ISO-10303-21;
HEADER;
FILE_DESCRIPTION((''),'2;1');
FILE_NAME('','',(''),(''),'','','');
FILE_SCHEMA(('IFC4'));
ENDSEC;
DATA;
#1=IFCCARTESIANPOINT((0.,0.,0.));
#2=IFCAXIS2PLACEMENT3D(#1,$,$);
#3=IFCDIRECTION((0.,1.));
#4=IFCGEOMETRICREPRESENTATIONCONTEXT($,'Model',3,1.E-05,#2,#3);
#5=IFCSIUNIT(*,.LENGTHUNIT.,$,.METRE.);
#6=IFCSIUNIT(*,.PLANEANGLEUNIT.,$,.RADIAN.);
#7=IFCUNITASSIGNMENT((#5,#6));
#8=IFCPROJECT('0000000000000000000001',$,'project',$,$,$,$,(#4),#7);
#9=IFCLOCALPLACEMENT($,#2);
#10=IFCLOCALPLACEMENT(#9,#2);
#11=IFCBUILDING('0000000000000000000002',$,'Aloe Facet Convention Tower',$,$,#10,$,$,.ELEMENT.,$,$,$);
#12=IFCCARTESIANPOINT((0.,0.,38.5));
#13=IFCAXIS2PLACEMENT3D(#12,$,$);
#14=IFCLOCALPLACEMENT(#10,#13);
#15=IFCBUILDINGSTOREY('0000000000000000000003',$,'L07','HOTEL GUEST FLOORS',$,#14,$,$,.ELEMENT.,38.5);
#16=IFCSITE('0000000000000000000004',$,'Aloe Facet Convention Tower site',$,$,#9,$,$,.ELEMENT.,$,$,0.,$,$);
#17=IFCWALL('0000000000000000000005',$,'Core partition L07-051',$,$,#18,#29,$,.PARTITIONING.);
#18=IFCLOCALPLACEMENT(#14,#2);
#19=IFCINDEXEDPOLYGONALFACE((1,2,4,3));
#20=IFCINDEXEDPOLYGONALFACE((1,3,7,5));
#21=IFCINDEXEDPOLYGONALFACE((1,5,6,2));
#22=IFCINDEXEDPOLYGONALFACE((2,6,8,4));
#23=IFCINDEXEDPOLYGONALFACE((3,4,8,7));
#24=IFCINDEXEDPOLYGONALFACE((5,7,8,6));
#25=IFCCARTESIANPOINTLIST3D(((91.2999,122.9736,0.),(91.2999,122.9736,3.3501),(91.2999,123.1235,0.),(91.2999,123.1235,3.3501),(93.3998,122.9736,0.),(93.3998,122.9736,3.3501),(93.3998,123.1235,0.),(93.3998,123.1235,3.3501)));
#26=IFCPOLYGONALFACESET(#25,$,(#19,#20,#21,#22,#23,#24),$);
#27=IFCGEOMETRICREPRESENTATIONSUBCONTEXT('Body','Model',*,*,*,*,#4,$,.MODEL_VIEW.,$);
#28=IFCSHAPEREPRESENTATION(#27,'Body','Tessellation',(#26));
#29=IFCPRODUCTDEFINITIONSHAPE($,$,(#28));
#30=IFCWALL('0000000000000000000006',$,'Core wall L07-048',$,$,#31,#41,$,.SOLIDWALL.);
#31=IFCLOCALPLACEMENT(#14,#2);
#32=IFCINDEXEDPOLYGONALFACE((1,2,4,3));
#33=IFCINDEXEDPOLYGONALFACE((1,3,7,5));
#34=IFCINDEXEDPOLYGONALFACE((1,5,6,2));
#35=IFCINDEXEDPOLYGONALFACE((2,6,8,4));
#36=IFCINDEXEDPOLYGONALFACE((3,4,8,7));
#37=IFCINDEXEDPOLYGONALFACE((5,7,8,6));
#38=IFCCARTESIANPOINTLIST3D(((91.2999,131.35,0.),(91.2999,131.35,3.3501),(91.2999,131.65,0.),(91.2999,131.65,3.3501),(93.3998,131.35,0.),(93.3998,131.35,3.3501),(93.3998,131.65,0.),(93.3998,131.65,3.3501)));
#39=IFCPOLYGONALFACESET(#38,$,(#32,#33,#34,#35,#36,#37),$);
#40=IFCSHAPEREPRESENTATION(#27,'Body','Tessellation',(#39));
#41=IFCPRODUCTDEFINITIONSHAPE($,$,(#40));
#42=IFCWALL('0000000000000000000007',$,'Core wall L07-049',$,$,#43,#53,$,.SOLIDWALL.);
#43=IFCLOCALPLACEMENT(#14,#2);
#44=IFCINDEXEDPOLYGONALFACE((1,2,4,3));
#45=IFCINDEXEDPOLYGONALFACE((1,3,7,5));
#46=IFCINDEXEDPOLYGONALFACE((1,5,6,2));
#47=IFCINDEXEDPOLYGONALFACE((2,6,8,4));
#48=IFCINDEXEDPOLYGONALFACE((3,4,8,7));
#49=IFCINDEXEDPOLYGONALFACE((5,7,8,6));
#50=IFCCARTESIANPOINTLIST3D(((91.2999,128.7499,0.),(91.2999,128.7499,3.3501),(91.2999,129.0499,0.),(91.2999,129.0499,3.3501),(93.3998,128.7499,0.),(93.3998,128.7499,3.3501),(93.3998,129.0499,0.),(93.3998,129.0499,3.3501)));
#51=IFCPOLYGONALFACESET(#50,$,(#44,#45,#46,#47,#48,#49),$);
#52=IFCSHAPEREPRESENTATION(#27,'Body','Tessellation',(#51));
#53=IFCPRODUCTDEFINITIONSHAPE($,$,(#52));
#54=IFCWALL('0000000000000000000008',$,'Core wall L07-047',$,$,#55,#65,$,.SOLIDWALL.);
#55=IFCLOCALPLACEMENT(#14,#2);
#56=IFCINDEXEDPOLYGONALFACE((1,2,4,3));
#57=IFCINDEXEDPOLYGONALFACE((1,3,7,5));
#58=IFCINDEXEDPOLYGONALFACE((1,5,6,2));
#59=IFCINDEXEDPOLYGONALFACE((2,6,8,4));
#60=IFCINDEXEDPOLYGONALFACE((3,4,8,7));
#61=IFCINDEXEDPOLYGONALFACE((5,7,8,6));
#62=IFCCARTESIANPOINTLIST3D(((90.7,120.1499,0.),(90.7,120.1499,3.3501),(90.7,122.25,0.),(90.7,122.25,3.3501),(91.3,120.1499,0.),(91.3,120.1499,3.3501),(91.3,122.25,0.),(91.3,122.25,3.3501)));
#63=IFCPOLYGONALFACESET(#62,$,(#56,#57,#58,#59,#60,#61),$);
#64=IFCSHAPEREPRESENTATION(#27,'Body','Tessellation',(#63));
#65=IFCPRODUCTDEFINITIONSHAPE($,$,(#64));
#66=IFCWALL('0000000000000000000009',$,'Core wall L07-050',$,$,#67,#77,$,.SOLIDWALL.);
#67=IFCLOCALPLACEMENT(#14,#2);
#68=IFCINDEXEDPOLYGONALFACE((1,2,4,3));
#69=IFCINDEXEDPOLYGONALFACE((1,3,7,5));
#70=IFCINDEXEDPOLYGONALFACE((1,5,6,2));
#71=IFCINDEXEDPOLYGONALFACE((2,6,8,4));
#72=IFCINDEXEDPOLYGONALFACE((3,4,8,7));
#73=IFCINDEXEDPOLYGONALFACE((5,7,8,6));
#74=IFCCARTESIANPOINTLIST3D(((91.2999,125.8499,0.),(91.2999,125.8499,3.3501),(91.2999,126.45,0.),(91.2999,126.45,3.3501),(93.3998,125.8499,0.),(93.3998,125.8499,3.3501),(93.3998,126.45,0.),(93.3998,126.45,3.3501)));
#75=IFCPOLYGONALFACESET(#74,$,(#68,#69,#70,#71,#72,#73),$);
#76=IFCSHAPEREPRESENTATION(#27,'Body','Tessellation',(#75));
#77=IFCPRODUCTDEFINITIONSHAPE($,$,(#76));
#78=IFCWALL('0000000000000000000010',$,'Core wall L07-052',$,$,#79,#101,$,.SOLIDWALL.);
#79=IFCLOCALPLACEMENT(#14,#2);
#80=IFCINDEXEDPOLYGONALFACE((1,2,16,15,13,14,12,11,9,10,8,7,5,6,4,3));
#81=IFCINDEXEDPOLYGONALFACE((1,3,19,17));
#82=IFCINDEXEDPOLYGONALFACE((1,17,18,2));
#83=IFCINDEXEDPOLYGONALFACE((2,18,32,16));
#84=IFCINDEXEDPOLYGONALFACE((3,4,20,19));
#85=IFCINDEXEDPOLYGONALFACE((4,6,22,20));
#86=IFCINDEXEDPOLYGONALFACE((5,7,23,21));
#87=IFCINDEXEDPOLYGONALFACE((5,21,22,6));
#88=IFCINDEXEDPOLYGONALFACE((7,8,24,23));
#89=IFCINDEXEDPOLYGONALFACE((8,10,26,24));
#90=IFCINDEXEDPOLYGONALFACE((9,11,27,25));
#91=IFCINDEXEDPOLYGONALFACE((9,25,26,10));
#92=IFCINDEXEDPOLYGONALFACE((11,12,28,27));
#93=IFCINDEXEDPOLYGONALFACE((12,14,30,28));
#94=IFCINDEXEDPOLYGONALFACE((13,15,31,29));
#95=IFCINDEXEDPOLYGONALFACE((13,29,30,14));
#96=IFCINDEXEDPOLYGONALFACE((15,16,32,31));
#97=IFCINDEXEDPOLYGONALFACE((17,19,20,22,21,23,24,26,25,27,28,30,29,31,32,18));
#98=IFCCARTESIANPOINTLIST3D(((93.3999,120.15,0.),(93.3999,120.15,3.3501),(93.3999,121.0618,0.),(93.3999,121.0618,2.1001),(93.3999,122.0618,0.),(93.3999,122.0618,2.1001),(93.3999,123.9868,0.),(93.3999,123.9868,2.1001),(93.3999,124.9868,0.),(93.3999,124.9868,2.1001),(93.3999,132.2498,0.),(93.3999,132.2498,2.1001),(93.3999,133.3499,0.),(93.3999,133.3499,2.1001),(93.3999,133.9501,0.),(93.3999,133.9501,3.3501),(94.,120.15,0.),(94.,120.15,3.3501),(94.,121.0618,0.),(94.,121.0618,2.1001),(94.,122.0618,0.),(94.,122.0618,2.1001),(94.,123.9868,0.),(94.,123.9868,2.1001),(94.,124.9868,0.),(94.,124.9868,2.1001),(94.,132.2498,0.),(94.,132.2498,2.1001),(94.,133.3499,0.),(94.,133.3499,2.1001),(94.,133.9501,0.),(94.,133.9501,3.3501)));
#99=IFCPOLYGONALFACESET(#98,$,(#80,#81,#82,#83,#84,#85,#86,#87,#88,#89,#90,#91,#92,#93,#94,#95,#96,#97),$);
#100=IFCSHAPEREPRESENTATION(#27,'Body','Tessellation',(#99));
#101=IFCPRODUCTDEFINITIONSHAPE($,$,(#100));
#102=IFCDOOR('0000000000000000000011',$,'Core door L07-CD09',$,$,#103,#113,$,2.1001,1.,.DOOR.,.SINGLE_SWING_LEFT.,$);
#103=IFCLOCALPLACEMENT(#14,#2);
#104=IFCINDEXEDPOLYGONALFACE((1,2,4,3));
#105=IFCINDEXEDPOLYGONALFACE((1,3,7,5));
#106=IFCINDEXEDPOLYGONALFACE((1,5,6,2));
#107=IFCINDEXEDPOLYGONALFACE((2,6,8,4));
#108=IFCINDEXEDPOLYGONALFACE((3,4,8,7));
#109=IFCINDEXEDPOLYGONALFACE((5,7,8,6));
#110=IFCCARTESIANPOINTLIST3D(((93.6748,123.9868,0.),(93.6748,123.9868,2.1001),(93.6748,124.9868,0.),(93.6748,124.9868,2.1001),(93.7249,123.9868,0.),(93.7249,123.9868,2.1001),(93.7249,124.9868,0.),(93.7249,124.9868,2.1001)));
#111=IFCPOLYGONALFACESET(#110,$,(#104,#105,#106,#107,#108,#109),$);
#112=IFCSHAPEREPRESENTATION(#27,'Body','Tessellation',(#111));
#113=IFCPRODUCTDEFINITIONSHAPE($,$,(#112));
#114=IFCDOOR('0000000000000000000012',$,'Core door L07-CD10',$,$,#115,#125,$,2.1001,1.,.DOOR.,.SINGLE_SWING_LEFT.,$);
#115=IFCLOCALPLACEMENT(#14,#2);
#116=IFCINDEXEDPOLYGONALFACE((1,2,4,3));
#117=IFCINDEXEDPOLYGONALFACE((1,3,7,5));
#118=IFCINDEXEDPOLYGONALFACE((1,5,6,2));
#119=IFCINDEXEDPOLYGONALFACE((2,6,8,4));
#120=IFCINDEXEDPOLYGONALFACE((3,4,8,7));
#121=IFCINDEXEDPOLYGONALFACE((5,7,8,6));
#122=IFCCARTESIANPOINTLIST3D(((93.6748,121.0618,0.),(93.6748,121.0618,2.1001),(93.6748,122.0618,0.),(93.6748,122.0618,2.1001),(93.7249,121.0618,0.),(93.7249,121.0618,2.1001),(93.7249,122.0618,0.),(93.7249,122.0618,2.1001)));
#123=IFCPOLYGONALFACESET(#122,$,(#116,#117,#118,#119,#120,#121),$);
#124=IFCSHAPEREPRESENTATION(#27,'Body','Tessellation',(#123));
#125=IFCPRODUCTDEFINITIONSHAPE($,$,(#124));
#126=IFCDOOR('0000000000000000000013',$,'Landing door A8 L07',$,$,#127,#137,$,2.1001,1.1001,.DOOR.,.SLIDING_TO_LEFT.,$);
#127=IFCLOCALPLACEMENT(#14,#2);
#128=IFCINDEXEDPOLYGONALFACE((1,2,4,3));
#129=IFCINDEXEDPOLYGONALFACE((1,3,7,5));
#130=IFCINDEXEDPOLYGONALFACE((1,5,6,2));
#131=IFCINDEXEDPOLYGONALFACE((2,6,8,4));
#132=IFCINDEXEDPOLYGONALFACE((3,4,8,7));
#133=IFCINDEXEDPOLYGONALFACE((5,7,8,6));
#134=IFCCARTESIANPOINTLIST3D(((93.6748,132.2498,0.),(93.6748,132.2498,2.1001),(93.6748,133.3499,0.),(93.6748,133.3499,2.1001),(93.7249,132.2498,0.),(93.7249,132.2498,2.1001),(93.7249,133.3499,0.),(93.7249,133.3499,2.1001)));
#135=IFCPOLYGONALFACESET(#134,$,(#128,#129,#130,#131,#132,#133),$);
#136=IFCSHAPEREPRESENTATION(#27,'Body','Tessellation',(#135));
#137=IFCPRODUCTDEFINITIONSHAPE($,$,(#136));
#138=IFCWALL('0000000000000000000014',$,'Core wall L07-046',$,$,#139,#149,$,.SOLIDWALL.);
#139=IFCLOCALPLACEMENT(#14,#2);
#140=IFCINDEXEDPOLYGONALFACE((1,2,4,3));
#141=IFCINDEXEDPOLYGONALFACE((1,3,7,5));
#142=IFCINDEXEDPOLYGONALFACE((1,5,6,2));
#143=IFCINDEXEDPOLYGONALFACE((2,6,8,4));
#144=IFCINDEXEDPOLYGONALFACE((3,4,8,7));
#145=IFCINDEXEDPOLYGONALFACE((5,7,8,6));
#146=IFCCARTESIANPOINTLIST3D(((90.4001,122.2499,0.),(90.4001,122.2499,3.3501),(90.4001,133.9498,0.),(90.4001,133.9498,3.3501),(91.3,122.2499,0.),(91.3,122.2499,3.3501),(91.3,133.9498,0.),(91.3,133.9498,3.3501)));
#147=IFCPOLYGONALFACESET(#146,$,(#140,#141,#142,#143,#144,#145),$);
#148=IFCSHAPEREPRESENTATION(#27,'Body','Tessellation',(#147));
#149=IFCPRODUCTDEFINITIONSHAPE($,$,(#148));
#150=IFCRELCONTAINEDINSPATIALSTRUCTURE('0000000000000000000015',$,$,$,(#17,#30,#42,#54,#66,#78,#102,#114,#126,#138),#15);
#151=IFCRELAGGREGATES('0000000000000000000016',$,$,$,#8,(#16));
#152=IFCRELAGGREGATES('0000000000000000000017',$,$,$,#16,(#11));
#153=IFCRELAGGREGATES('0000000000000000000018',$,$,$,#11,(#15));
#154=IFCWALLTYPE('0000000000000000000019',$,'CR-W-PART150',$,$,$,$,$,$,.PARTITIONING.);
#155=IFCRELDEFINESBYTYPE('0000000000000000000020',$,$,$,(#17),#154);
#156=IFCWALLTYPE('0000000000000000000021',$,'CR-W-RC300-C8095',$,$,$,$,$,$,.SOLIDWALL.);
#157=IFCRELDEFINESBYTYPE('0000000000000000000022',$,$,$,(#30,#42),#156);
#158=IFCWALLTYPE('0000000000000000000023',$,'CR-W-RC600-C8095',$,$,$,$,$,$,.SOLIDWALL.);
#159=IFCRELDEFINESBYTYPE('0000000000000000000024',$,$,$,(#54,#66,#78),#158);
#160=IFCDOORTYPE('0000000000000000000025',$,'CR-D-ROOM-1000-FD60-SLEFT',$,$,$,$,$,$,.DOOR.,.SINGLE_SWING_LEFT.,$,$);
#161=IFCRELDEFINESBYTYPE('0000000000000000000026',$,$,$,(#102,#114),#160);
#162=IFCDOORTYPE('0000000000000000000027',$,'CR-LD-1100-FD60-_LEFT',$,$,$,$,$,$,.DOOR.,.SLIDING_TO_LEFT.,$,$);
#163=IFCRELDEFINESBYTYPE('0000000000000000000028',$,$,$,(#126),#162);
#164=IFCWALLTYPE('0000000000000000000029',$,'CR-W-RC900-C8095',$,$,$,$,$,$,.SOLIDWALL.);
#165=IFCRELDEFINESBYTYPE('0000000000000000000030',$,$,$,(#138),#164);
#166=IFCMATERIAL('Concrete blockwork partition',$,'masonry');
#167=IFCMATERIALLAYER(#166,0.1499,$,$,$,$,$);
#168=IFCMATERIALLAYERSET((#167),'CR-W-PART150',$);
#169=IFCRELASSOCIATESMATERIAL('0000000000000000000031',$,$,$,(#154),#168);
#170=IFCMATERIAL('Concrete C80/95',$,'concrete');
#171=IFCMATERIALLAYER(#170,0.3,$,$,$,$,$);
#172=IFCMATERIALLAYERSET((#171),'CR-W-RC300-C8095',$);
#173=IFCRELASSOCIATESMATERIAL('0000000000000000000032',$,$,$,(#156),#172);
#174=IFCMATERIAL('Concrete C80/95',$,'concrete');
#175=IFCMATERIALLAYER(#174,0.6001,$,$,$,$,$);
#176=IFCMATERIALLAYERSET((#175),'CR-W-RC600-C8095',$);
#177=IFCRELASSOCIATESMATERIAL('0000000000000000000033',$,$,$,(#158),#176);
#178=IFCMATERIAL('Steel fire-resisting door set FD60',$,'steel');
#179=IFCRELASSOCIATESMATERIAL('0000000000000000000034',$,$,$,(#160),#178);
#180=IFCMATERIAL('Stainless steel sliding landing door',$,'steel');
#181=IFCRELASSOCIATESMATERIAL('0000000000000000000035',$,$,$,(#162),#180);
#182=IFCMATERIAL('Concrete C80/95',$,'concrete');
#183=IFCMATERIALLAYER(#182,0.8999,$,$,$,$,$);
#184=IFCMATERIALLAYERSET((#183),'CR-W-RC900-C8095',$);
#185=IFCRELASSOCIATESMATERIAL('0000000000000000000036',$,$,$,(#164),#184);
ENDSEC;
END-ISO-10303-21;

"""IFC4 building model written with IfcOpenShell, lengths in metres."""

from ifc_helpers import new_model, si_unit, direction, frame, frame_2d, origin, place, context, subcontext, project, spatial, rectangle, extrude, material, layer, layer_set, type_object, element, fill, save


model = new_model("IFC4")

# Units and contexts
model_context = context("Model", 3, precision=1e-05, world=origin(), true_north=direction((0.0, 1.0)))
body_context = subcontext(model_context, "Body", "Model", "MODEL_VIEW")
ifc_project = project(units=[si_unit("LENGTHUNIT", "METRE"), si_unit("PLANEANGLEUNIT", "RADIAN")], contexts=[model_context])

# Site, building, storey
site_placement = place(None, origin())
site = spatial("IfcSite", under=ifc_project, at=site_placement, Name="Aloe Facet Convention Tower site", CompositionType="ELEMENT", RefElevation=0.0)
building_placement = place(site_placement, origin())
building = spatial("IfcBuilding", under=site, at=building_placement, Name="Aloe Facet Convention Tower", CompositionType="ELEMENT")
storey_placement = place(building_placement, frame((0.0, 0.0, 38.5)))
storey = spatial("IfcBuildingStorey", under=building, at=storey_placement, Name="L07", Description="HOTEL GUEST FLOORS", CompositionType="ELEMENT", Elevation=38.5)

# Walls
ifc_material_1 = material(Name="Concrete blockwork partition", Category="masonry")
ifc_layer_1 = layer(ifc_material_1, 0.1499)
ifc_layer_set_1 = layer_set([ifc_layer_1], Name="CR-W-PART150")
wall_type_1 = type_object("IfcWallType", Name="CR-W-PART150", PredefinedType="PARTITIONING", material=ifc_layer_set_1)
wall_1_placement = place(storey_placement, frame((91.3, 123.0486, 0.0), z_axis=(0.0, 0.0, 1.0), x_axis=(1.0, 0.0, 0.0)))
element("IfcWall", 1, at=wall_1_placement, inside=storey, type_object=wall_type_1, Name="Core partition L07-051", PredefinedType="PARTITIONING", context=body_context, shape_type="SweptSolid", body=[
    extrude(rectangle(XDim=2.0999, YDim=0.1499, at=frame_2d((1.0498, 0.0))), origin(), (0.0, 0.0, 1.0), 3.3501),
])
ifc_material_2 = material(Name="Concrete C80/95", Category="concrete")
ifc_layer_2 = layer(ifc_material_2, 0.3)
ifc_layer_set_2 = layer_set([ifc_layer_2], Name="CR-W-RC300-C8095")
wall_type_2 = type_object("IfcWallType", Name="CR-W-RC300-C8095", PredefinedType="SOLIDWALL", material=ifc_layer_set_2)
for number, where, z_axis, x_axis, name in (
    (2, (91.3, 131.5, 0.0), (0.0, 0.0, 1.0), (1.0, 0.0, 0.0), "Core wall L07-048"),
    (3, (91.3, 128.8999, 0.0), (0.0, 0.0, 1.0), (1.0, 0.0, 0.0), "Core wall L07-049"),
):
    element("IfcWall", number, at=place(storey_placement, frame(where, z_axis=z_axis, x_axis=x_axis)), inside=storey, type_object=wall_type_2, Name=name, PredefinedType="SOLIDWALL", context=body_context, shape_type="SweptSolid", body=[
        extrude(rectangle(XDim=2.0999, YDim=0.3, at=frame_2d((1.0498, 0.0))), origin(), (0.0, 0.0, 1.0), 3.3501),
    ])
ifc_material_3 = material(Name="Concrete C80/95", Category="concrete")
ifc_layer_3 = layer(ifc_material_3, 0.6001)
ifc_layer_set_3 = layer_set([ifc_layer_3], Name="CR-W-RC600-C8095")
wall_type_3 = type_object("IfcWallType", Name="CR-W-RC600-C8095", PredefinedType="SOLIDWALL", material=ifc_layer_set_3)
wall_2_placement = place(storey_placement, frame((91.0, 122.25, 0.0), z_axis=(0.0, 0.0, 1.0), x_axis=(0.0, -1.0, 0.0)))
element("IfcWall", 4, at=wall_2_placement, inside=storey, type_object=wall_type_3, Name="Core wall L07-047", PredefinedType="SOLIDWALL", context=body_context, shape_type="SweptSolid", body=[
    extrude(rectangle(XDim=2.1001, YDim=0.6001, at=frame_2d((1.05, 0.0))), origin(), (0.0, 0.0, 1.0), 3.3501),
])
wall_3_placement = place(storey_placement, frame((91.3, 126.1499, 0.0), z_axis=(0.0, 0.0, 1.0), x_axis=(1.0, 0.0, 0.0)))
element("IfcWall", 5, at=wall_3_placement, inside=storey, type_object=wall_type_3, Name="Core wall L07-050", PredefinedType="SOLIDWALL", context=body_context, shape_type="SweptSolid", body=[
    extrude(rectangle(XDim=2.0999, YDim=0.6001, at=frame_2d((1.0498, 0.0))), origin(), (0.0, 0.0, 1.0), 3.3501),
])

# Wall, openings, doors
wall_4_placement = place(storey_placement, frame((93.7, 133.95, 0.0), z_axis=(0.0, 0.0, 1.0), x_axis=(0.0, -1.0, 0.0)))
wall_4 = element("IfcWall", 6, at=wall_4_placement, inside=storey, type_object=wall_type_3, Name="Core wall L07-052", PredefinedType="SOLIDWALL", context=body_context, shape_type="SweptSolid", body=[
    extrude(rectangle(XDim=13.8, YDim=0.6001, at=frame_2d((6.8999, 0.0))), origin(), (0.0, 0.0, 1.0), 3.3501),
])
opening_1_placement = place(wall_4_placement, frame((0.6001, 0.0, 0.0)))
opening_1 = element("IfcOpeningElement", 7, at=opening_1_placement, cuts=wall_4, PredefinedType="OPENING", context=body_context, shape_type="SweptSolid", body=[
    extrude(rectangle(XDim=1.1001, YDim=2.1001, at=frame_2d((0.55, 1.05))), frame((0.0, 0.3101, 0.0), z_axis=(0.0, -1.0, 0.0), x_axis=(1.0, 0.0, 0.0)), (0.0, 0.0, 1.0), 0.6201),
])
opening_2_placement = place(wall_4_placement, frame((8.9631, 0.0, 0.0)))
opening_2 = element("IfcOpeningElement", 8, at=opening_2_placement, cuts=wall_4, PredefinedType="OPENING", context=body_context, shape_type="SweptSolid", body=[
    extrude(rectangle(XDim=1.0, YDim=2.1001, at=frame_2d((0.5, 1.05))), frame((0.0, 0.3101, 0.0), z_axis=(0.0, -1.0, 0.0), x_axis=(1.0, 0.0, 0.0)), (0.0, 0.0, 1.0), 0.6201),
])
opening_3_placement = place(wall_4_placement, frame((11.8882, 0.0, 0.0)))
opening_3 = element("IfcOpeningElement", 9, at=opening_3_placement, cuts=wall_4, PredefinedType="OPENING", context=body_context, shape_type="SweptSolid", body=[
    extrude(rectangle(XDim=1.0, YDim=2.1001, at=frame_2d((0.5, 1.05))), frame((0.0, 0.3101, 0.0), z_axis=(0.0, -1.0, 0.0), x_axis=(1.0, 0.0, 0.0)), (0.0, 0.0, 1.0), 0.6201),
])
ifc_material_4 = material(Name="Steel fire-resisting door set FD60", Category="steel")
door_type_1 = type_object("IfcDoorType", Name="CR-D-ROOM-1000-FD60-SLEFT", OperationType="SINGLE_SWING_LEFT", PredefinedType="DOOR", material=ifc_material_4)
door_1_placement = place(opening_2_placement, origin())
door_1 = element("IfcDoor", 10, at=door_1_placement, inside=storey, type_object=door_type_1, Name="Core door L07-CD09", OperationType="SINGLE_SWING_LEFT", OverallHeight=2.1001, OverallWidth=1.0, PredefinedType="DOOR", context=body_context, shape_type="SweptSolid", body=[
    extrude(rectangle(XDim=1.0, YDim=2.1001, at=frame_2d((0.5, 1.05))), frame((0.0, 0.0249, 0.0), z_axis=(0.0, -1.0, 0.0), x_axis=(1.0, 0.0, 0.0)), (0.0, 0.0, 1.0), 0.05),
])
fill(opening_2, door_1)
door_2_placement = place(opening_3_placement, origin())
door_2 = element("IfcDoor", 11, at=door_2_placement, inside=storey, type_object=door_type_1, Name="Core door L07-CD10", OperationType="SINGLE_SWING_LEFT", OverallHeight=2.1001, OverallWidth=1.0, PredefinedType="DOOR", context=body_context, shape_type="SweptSolid", body=[
    extrude(rectangle(XDim=1.0, YDim=2.1001, at=frame_2d((0.5, 1.05))), frame((0.0, 0.0249, 0.0), z_axis=(0.0, -1.0, 0.0), x_axis=(1.0, 0.0, 0.0)), (0.0, 0.0, 1.0), 0.05),
])
fill(opening_3, door_2)
ifc_material_5 = material(Name="Stainless steel sliding landing door", Category="steel")
door_type_2 = type_object("IfcDoorType", Name="CR-LD-1100-FD60-_LEFT", OperationType="SLIDING_TO_LEFT", PredefinedType="DOOR", material=ifc_material_5)
door_3_placement = place(opening_1_placement, origin())
door_3 = element("IfcDoor", 12, at=door_3_placement, inside=storey, type_object=door_type_2, Name="Landing door A8 L07", OperationType="SLIDING_TO_LEFT", OverallHeight=2.1001, OverallWidth=1.1001, PredefinedType="DOOR", context=body_context, shape_type="SweptSolid", body=[
    extrude(rectangle(XDim=1.1001, YDim=2.1001, at=frame_2d((0.55, 1.05))), frame((0.0, 0.0249, 0.0), z_axis=(0.0, -1.0, 0.0), x_axis=(1.0, 0.0, 0.0)), (0.0, 0.0, 1.0), 0.05),
])
fill(opening_1, door_3)

# Wall
ifc_material_6 = material(Name="Concrete C80/95", Category="concrete")
ifc_layer_4 = layer(ifc_material_6, 0.8999)
ifc_layer_set_4 = layer_set([ifc_layer_4], Name="CR-W-RC900-C8095")
wall_type_4 = type_object("IfcWallType", Name="CR-W-RC900-C8095", PredefinedType="SOLIDWALL", material=ifc_layer_set_4)
wall_5_placement = place(storey_placement, frame((90.8501, 133.95, 0.0), z_axis=(0.0, 0.0, 1.0), x_axis=(0.0, -1.0, 0.0)))
element("IfcWall", 13, at=wall_5_placement, inside=storey, type_object=wall_type_4, Name="Core wall L07-046", PredefinedType="SOLIDWALL", context=body_context, shape_type="SweptSolid", body=[
    extrude(rectangle(XDim=11.7, YDim=0.8999, at=frame_2d((5.8501, 0.0))), origin(), (0.0, 0.0, 1.0), 3.3501),
])

save(model, "model.ifc")
